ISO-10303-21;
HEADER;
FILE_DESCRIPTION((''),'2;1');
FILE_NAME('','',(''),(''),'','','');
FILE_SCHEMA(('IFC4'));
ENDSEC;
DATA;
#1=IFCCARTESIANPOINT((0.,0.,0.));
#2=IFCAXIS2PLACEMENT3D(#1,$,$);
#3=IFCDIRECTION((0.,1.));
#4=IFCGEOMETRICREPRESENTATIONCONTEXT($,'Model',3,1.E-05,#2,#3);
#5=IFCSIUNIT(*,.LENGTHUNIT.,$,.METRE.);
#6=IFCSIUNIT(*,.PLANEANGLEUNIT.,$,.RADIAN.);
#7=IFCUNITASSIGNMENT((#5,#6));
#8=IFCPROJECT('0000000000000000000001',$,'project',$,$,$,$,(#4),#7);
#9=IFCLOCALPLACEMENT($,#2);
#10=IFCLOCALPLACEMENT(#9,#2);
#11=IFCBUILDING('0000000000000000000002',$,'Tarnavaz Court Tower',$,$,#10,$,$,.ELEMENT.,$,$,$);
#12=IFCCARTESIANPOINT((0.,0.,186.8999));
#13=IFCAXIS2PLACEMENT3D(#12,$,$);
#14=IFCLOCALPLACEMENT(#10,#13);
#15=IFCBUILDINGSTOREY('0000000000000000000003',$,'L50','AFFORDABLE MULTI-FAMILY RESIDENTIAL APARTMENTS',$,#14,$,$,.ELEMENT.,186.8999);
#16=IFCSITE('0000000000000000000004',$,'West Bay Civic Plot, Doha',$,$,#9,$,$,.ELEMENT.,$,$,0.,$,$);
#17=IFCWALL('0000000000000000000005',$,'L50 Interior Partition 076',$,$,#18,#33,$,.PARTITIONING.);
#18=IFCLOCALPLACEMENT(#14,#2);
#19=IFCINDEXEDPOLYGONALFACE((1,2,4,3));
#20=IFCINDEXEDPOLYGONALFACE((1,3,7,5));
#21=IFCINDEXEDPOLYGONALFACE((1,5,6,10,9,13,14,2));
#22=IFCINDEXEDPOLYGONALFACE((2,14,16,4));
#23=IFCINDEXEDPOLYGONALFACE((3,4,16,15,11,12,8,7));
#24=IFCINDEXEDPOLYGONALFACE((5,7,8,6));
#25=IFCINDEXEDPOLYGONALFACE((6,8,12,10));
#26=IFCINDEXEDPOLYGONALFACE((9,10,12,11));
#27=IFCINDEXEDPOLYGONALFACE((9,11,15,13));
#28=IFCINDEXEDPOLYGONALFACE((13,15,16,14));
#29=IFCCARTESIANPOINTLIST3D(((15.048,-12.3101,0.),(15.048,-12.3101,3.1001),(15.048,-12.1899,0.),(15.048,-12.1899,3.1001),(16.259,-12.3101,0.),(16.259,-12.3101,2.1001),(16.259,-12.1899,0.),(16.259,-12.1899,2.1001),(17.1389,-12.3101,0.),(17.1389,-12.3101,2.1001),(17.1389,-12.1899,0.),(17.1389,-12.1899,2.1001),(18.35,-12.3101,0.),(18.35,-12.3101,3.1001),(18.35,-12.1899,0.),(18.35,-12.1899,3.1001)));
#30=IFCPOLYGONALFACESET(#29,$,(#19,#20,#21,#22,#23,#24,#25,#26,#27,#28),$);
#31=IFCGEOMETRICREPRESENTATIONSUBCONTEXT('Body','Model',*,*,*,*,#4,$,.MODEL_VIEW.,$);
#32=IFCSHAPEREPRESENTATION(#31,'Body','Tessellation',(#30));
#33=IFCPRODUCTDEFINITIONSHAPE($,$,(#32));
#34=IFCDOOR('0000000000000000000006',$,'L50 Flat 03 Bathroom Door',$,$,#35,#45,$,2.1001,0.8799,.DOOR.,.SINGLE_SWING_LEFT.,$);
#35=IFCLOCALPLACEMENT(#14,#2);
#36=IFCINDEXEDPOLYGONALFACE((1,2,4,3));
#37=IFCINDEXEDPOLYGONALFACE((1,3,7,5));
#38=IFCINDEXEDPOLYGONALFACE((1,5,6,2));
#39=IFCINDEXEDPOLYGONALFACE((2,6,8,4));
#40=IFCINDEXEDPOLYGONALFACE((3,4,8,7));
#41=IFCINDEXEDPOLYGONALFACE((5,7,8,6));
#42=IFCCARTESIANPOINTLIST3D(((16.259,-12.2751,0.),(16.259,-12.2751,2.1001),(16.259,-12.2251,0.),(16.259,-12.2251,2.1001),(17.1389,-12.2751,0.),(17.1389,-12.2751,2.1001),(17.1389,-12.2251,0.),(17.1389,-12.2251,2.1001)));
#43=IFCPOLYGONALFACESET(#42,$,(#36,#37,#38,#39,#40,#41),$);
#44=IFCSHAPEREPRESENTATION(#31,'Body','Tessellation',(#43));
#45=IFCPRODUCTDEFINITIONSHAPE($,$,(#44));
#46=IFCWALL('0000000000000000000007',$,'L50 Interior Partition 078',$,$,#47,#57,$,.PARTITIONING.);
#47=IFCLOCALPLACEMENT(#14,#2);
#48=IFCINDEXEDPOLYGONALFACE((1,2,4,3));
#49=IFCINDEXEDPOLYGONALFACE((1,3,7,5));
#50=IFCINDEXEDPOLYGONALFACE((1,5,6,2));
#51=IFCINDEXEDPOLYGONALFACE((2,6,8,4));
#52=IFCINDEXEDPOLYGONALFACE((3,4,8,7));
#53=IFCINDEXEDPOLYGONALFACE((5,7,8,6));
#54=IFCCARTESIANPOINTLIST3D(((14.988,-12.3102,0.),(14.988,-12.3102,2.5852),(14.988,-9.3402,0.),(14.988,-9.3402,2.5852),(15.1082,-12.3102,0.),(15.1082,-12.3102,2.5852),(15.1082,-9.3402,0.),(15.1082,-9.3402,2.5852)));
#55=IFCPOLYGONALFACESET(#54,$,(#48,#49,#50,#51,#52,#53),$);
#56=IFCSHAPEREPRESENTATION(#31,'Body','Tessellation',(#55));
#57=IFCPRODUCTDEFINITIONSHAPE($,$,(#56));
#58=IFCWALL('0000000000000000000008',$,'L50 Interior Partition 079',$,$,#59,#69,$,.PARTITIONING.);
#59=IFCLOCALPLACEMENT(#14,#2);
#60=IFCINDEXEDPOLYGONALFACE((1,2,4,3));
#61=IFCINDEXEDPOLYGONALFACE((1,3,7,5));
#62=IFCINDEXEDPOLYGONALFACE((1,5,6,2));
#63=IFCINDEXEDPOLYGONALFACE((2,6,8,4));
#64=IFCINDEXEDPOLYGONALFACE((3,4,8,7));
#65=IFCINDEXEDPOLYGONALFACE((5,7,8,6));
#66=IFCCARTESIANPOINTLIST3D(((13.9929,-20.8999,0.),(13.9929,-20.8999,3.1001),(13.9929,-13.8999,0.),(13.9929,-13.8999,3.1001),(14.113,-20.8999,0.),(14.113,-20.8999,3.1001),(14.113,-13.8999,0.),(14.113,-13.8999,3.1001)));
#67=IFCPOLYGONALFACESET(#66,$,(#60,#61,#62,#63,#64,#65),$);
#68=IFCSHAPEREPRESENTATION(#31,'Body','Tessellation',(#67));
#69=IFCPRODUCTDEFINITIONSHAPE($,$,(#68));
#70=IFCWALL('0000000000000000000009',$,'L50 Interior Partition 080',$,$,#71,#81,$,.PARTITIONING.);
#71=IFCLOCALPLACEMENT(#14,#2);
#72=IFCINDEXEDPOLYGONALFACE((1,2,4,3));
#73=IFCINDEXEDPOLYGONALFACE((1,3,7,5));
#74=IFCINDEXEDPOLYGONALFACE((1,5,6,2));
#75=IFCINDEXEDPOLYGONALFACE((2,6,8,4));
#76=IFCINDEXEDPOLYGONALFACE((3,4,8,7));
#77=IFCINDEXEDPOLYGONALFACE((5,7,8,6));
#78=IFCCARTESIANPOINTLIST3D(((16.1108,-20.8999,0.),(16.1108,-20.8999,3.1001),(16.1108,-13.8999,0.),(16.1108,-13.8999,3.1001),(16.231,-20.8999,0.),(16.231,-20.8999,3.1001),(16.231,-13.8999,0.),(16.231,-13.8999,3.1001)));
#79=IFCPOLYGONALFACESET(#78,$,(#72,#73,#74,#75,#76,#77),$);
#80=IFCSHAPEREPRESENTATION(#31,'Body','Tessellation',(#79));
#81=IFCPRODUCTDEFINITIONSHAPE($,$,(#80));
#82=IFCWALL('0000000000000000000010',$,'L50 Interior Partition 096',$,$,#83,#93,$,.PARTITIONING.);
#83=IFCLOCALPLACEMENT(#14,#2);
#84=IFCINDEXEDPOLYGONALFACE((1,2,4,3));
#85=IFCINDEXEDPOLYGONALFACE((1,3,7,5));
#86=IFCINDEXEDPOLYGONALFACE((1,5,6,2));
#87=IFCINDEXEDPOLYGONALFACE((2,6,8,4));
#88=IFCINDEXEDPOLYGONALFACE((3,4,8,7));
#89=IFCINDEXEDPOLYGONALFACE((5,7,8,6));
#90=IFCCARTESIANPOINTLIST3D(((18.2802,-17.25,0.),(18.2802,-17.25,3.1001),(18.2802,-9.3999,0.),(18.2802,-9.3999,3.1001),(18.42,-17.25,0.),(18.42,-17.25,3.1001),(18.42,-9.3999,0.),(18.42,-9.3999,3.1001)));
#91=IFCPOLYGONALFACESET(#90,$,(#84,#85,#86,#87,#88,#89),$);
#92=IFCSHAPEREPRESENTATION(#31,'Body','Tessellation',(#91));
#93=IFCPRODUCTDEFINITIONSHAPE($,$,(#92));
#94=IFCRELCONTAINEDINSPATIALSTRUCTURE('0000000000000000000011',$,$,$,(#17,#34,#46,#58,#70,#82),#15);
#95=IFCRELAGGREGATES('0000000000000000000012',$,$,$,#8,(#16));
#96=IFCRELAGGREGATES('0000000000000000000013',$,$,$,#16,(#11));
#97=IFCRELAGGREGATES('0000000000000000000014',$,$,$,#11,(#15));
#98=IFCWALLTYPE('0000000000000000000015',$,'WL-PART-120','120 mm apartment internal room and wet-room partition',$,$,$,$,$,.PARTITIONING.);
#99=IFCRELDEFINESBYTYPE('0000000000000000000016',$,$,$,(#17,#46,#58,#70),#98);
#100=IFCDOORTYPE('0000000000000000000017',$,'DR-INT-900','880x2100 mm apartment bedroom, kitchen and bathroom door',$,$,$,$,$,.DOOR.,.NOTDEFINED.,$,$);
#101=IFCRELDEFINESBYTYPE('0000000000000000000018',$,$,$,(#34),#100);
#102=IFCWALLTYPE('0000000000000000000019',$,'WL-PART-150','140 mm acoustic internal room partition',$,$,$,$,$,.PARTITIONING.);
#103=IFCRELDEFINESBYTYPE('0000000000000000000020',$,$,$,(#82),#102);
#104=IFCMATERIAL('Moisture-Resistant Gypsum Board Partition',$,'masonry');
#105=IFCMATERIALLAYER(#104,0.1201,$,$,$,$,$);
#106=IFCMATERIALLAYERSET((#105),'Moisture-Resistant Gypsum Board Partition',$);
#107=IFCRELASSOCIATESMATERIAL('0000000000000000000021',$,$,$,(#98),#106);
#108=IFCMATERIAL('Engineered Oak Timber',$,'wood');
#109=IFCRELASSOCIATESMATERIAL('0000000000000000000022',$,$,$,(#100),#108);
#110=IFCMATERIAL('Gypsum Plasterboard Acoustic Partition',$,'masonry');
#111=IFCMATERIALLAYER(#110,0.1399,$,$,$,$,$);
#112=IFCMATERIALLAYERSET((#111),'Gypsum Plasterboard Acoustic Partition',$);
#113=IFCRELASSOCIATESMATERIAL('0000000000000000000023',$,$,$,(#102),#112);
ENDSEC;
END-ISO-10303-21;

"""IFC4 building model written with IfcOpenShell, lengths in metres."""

from ifc_helpers import new_model, si_unit, direction, frame, frame_2d, origin, place, context, subcontext, project, spatial, rectangle, extrude, material, layer, layer_set, type_object, element, fill, save


model = new_model("IFC4")

# Units and contexts
model_context = context("Model", 3, precision=1e-05, world=origin(), true_north=direction((0.0, 1.0)))
body_context = subcontext(model_context, "Body", "Model", "MODEL_VIEW")
ifc_project = project(units=[si_unit("LENGTHUNIT", "METRE"), si_unit("PLANEANGLEUNIT", "RADIAN")], contexts=[model_context])

# Site, building, storey
site_placement = place(None, origin())
site = spatial("IfcSite", under=ifc_project, at=site_placement, Name="West Bay Civic Plot, Doha", CompositionType="ELEMENT", RefElevation=0.0)
building_placement = place(site_placement, origin())
building = spatial("IfcBuilding", under=site, at=building_placement, Name="Tarnavaz Court Tower", CompositionType="ELEMENT")
storey_placement = place(building_placement, frame((0.0, 0.0, 186.8999)))
storey = spatial("IfcBuildingStorey", under=building, at=storey_placement, Name="L50", Description="AFFORDABLE MULTI-FAMILY RESIDENTIAL APARTMENTS", CompositionType="ELEMENT", Elevation=186.8999)

# Wall, opening, door
ifc_material_1 = material(Name="Engineered Oak Timber", Category="wood")
ifc_material_2 = material(Name="Moisture-Resistant Gypsum Board Partition", Category="masonry")
ifc_layer_1 = layer(ifc_material_2, 0.1201)
ifc_layer_set_1 = layer_set([ifc_layer_1], Name="Moisture-Resistant Gypsum Board Partition")
wall_type_1 = type_object("IfcWallType", Name="WL-PART-120", Description="120 mm apartment internal room and wet-room partition", PredefinedType="PARTITIONING", material=ifc_layer_set_1)
wall_1_placement = place(storey_placement, frame((15.0481, -12.25, 0.0), z_axis=(0.0, 0.0, 1.0), x_axis=(1.0, 0.0, 0.0)))
wall_1 = element("IfcWall", 1, at=wall_1_placement, inside=storey, type_object=wall_type_1, Name="L50 Interior Partition 076", PredefinedType="PARTITIONING", context=body_context, shape_type="SweptSolid", body=[
    extrude(rectangle(XDim=3.302, YDim=0.1201, at=frame_2d((1.6509, 0.0))), origin(), (0.0, 0.0, 1.0), 3.1001),
])
opening_1_placement = place(wall_1_placement, frame((1.2109, 0.0, 0.0)))
opening_1 = element("IfcOpeningElement", 2, at=opening_1_placement, cuts=wall_1, PredefinedType="OPENING", context=body_context, shape_type="SweptSolid", body=[
    extrude(rectangle(XDim=0.8799, YDim=2.1001, at=frame_2d((0.4399, 1.05))), frame((0.0, 0.0701, 0.0), z_axis=(0.0, -1.0, 0.0), x_axis=(1.0, 0.0, 0.0)), (0.0, 0.0, 1.0), 0.1401),
])
door_type_1 = type_object("IfcDoorType", Name="DR-INT-900", Description="880x2100 mm apartment bedroom, kitchen and bathroom door", OperationType="NOTDEFINED", PredefinedType="DOOR", material=ifc_material_1)
door_1_placement = place(opening_1_placement, origin())
door_1 = element("IfcDoor", 3, at=door_1_placement, inside=storey, type_object=door_type_1, Name="L50 Flat 03 Bathroom Door", OperationType="SINGLE_SWING_LEFT", OverallHeight=2.1001, OverallWidth=0.8799, PredefinedType="DOOR", context=body_context, shape_type="SweptSolid", body=[
    extrude(rectangle(XDim=0.8799, YDim=2.1001, at=frame_2d((0.4399, 1.05))), frame((0.0, 0.0249, 0.0), z_axis=(0.0, -1.0, 0.0), x_axis=(1.0, 0.0, 0.0)), (0.0, 0.0, 1.0), 0.05),
])
fill(opening_1, door_1)

# Walls
wall_2_placement = place(storey_placement, frame((15.0481, -12.3101, 0.0), z_axis=(0.0, 0.0, 1.0), x_axis=(0.0, 1.0, 0.0)))
element("IfcWall", 4, at=wall_2_placement, inside=storey, type_object=wall_type_1, Name="L50 Interior Partition 078", PredefinedType="PARTITIONING", context=body_context, shape_type="SweptSolid", body=[
    extrude(rectangle(XDim=2.97, YDim=0.1201, at=frame_2d((1.4849, 0.0))), origin(), (0.0, 0.0, 1.0), 2.5852),
])
for number, where, z_axis, x_axis, name in (
    (5, (14.053, -20.8999, 0.0), (0.0, 0.0, 1.0), (0.0, 1.0, 0.0), "L50 Interior Partition 079"),
    (6, (16.1709, -20.8999, 0.0), (0.0, 0.0, 1.0), (0.0, 1.0, 0.0), "L50 Interior Partition 080"),
):
    element("IfcWall", number, at=place(storey_placement, frame(where, z_axis=z_axis, x_axis=x_axis)), inside=storey, type_object=wall_type_1, Name=name, PredefinedType="PARTITIONING", context=body_context, shape_type="SweptSolid", body=[
        extrude(rectangle(XDim=7.0, YDim=0.1201, at=frame_2d((3.5, 0.0))), origin(), (0.0, 0.0, 1.0), 3.1001),
    ])
ifc_material_3 = material(Name="Gypsum Plasterboard Acoustic Partition", Category="masonry")
ifc_layer_2 = layer(ifc_material_3, 0.1399)
ifc_layer_set_2 = layer_set([ifc_layer_2], Name="Gypsum Plasterboard Acoustic Partition")
wall_type_2 = type_object("IfcWallType", Name="WL-PART-150", Description="140 mm acoustic internal room partition", PredefinedType="PARTITIONING", material=ifc_layer_set_2)
wall_3_placement = place(storey_placement, frame((18.3501, -17.25, 0.0), z_axis=(0.0, 0.0, 1.0), x_axis=(0.0, 1.0, 0.0)))
element("IfcWall", 7, at=wall_3_placement, inside=storey, type_object=wall_type_2, Name="L50 Interior Partition 096", PredefinedType="PARTITIONING", context=body_context, shape_type="SweptSolid", body=[
    extrude(rectangle(XDim=7.8501, YDim=0.1399, at=frame_2d((3.925, 0.0))), origin(), (0.0, 0.0, 1.0), 3.1001),
])

save(model, "model.ifc")
